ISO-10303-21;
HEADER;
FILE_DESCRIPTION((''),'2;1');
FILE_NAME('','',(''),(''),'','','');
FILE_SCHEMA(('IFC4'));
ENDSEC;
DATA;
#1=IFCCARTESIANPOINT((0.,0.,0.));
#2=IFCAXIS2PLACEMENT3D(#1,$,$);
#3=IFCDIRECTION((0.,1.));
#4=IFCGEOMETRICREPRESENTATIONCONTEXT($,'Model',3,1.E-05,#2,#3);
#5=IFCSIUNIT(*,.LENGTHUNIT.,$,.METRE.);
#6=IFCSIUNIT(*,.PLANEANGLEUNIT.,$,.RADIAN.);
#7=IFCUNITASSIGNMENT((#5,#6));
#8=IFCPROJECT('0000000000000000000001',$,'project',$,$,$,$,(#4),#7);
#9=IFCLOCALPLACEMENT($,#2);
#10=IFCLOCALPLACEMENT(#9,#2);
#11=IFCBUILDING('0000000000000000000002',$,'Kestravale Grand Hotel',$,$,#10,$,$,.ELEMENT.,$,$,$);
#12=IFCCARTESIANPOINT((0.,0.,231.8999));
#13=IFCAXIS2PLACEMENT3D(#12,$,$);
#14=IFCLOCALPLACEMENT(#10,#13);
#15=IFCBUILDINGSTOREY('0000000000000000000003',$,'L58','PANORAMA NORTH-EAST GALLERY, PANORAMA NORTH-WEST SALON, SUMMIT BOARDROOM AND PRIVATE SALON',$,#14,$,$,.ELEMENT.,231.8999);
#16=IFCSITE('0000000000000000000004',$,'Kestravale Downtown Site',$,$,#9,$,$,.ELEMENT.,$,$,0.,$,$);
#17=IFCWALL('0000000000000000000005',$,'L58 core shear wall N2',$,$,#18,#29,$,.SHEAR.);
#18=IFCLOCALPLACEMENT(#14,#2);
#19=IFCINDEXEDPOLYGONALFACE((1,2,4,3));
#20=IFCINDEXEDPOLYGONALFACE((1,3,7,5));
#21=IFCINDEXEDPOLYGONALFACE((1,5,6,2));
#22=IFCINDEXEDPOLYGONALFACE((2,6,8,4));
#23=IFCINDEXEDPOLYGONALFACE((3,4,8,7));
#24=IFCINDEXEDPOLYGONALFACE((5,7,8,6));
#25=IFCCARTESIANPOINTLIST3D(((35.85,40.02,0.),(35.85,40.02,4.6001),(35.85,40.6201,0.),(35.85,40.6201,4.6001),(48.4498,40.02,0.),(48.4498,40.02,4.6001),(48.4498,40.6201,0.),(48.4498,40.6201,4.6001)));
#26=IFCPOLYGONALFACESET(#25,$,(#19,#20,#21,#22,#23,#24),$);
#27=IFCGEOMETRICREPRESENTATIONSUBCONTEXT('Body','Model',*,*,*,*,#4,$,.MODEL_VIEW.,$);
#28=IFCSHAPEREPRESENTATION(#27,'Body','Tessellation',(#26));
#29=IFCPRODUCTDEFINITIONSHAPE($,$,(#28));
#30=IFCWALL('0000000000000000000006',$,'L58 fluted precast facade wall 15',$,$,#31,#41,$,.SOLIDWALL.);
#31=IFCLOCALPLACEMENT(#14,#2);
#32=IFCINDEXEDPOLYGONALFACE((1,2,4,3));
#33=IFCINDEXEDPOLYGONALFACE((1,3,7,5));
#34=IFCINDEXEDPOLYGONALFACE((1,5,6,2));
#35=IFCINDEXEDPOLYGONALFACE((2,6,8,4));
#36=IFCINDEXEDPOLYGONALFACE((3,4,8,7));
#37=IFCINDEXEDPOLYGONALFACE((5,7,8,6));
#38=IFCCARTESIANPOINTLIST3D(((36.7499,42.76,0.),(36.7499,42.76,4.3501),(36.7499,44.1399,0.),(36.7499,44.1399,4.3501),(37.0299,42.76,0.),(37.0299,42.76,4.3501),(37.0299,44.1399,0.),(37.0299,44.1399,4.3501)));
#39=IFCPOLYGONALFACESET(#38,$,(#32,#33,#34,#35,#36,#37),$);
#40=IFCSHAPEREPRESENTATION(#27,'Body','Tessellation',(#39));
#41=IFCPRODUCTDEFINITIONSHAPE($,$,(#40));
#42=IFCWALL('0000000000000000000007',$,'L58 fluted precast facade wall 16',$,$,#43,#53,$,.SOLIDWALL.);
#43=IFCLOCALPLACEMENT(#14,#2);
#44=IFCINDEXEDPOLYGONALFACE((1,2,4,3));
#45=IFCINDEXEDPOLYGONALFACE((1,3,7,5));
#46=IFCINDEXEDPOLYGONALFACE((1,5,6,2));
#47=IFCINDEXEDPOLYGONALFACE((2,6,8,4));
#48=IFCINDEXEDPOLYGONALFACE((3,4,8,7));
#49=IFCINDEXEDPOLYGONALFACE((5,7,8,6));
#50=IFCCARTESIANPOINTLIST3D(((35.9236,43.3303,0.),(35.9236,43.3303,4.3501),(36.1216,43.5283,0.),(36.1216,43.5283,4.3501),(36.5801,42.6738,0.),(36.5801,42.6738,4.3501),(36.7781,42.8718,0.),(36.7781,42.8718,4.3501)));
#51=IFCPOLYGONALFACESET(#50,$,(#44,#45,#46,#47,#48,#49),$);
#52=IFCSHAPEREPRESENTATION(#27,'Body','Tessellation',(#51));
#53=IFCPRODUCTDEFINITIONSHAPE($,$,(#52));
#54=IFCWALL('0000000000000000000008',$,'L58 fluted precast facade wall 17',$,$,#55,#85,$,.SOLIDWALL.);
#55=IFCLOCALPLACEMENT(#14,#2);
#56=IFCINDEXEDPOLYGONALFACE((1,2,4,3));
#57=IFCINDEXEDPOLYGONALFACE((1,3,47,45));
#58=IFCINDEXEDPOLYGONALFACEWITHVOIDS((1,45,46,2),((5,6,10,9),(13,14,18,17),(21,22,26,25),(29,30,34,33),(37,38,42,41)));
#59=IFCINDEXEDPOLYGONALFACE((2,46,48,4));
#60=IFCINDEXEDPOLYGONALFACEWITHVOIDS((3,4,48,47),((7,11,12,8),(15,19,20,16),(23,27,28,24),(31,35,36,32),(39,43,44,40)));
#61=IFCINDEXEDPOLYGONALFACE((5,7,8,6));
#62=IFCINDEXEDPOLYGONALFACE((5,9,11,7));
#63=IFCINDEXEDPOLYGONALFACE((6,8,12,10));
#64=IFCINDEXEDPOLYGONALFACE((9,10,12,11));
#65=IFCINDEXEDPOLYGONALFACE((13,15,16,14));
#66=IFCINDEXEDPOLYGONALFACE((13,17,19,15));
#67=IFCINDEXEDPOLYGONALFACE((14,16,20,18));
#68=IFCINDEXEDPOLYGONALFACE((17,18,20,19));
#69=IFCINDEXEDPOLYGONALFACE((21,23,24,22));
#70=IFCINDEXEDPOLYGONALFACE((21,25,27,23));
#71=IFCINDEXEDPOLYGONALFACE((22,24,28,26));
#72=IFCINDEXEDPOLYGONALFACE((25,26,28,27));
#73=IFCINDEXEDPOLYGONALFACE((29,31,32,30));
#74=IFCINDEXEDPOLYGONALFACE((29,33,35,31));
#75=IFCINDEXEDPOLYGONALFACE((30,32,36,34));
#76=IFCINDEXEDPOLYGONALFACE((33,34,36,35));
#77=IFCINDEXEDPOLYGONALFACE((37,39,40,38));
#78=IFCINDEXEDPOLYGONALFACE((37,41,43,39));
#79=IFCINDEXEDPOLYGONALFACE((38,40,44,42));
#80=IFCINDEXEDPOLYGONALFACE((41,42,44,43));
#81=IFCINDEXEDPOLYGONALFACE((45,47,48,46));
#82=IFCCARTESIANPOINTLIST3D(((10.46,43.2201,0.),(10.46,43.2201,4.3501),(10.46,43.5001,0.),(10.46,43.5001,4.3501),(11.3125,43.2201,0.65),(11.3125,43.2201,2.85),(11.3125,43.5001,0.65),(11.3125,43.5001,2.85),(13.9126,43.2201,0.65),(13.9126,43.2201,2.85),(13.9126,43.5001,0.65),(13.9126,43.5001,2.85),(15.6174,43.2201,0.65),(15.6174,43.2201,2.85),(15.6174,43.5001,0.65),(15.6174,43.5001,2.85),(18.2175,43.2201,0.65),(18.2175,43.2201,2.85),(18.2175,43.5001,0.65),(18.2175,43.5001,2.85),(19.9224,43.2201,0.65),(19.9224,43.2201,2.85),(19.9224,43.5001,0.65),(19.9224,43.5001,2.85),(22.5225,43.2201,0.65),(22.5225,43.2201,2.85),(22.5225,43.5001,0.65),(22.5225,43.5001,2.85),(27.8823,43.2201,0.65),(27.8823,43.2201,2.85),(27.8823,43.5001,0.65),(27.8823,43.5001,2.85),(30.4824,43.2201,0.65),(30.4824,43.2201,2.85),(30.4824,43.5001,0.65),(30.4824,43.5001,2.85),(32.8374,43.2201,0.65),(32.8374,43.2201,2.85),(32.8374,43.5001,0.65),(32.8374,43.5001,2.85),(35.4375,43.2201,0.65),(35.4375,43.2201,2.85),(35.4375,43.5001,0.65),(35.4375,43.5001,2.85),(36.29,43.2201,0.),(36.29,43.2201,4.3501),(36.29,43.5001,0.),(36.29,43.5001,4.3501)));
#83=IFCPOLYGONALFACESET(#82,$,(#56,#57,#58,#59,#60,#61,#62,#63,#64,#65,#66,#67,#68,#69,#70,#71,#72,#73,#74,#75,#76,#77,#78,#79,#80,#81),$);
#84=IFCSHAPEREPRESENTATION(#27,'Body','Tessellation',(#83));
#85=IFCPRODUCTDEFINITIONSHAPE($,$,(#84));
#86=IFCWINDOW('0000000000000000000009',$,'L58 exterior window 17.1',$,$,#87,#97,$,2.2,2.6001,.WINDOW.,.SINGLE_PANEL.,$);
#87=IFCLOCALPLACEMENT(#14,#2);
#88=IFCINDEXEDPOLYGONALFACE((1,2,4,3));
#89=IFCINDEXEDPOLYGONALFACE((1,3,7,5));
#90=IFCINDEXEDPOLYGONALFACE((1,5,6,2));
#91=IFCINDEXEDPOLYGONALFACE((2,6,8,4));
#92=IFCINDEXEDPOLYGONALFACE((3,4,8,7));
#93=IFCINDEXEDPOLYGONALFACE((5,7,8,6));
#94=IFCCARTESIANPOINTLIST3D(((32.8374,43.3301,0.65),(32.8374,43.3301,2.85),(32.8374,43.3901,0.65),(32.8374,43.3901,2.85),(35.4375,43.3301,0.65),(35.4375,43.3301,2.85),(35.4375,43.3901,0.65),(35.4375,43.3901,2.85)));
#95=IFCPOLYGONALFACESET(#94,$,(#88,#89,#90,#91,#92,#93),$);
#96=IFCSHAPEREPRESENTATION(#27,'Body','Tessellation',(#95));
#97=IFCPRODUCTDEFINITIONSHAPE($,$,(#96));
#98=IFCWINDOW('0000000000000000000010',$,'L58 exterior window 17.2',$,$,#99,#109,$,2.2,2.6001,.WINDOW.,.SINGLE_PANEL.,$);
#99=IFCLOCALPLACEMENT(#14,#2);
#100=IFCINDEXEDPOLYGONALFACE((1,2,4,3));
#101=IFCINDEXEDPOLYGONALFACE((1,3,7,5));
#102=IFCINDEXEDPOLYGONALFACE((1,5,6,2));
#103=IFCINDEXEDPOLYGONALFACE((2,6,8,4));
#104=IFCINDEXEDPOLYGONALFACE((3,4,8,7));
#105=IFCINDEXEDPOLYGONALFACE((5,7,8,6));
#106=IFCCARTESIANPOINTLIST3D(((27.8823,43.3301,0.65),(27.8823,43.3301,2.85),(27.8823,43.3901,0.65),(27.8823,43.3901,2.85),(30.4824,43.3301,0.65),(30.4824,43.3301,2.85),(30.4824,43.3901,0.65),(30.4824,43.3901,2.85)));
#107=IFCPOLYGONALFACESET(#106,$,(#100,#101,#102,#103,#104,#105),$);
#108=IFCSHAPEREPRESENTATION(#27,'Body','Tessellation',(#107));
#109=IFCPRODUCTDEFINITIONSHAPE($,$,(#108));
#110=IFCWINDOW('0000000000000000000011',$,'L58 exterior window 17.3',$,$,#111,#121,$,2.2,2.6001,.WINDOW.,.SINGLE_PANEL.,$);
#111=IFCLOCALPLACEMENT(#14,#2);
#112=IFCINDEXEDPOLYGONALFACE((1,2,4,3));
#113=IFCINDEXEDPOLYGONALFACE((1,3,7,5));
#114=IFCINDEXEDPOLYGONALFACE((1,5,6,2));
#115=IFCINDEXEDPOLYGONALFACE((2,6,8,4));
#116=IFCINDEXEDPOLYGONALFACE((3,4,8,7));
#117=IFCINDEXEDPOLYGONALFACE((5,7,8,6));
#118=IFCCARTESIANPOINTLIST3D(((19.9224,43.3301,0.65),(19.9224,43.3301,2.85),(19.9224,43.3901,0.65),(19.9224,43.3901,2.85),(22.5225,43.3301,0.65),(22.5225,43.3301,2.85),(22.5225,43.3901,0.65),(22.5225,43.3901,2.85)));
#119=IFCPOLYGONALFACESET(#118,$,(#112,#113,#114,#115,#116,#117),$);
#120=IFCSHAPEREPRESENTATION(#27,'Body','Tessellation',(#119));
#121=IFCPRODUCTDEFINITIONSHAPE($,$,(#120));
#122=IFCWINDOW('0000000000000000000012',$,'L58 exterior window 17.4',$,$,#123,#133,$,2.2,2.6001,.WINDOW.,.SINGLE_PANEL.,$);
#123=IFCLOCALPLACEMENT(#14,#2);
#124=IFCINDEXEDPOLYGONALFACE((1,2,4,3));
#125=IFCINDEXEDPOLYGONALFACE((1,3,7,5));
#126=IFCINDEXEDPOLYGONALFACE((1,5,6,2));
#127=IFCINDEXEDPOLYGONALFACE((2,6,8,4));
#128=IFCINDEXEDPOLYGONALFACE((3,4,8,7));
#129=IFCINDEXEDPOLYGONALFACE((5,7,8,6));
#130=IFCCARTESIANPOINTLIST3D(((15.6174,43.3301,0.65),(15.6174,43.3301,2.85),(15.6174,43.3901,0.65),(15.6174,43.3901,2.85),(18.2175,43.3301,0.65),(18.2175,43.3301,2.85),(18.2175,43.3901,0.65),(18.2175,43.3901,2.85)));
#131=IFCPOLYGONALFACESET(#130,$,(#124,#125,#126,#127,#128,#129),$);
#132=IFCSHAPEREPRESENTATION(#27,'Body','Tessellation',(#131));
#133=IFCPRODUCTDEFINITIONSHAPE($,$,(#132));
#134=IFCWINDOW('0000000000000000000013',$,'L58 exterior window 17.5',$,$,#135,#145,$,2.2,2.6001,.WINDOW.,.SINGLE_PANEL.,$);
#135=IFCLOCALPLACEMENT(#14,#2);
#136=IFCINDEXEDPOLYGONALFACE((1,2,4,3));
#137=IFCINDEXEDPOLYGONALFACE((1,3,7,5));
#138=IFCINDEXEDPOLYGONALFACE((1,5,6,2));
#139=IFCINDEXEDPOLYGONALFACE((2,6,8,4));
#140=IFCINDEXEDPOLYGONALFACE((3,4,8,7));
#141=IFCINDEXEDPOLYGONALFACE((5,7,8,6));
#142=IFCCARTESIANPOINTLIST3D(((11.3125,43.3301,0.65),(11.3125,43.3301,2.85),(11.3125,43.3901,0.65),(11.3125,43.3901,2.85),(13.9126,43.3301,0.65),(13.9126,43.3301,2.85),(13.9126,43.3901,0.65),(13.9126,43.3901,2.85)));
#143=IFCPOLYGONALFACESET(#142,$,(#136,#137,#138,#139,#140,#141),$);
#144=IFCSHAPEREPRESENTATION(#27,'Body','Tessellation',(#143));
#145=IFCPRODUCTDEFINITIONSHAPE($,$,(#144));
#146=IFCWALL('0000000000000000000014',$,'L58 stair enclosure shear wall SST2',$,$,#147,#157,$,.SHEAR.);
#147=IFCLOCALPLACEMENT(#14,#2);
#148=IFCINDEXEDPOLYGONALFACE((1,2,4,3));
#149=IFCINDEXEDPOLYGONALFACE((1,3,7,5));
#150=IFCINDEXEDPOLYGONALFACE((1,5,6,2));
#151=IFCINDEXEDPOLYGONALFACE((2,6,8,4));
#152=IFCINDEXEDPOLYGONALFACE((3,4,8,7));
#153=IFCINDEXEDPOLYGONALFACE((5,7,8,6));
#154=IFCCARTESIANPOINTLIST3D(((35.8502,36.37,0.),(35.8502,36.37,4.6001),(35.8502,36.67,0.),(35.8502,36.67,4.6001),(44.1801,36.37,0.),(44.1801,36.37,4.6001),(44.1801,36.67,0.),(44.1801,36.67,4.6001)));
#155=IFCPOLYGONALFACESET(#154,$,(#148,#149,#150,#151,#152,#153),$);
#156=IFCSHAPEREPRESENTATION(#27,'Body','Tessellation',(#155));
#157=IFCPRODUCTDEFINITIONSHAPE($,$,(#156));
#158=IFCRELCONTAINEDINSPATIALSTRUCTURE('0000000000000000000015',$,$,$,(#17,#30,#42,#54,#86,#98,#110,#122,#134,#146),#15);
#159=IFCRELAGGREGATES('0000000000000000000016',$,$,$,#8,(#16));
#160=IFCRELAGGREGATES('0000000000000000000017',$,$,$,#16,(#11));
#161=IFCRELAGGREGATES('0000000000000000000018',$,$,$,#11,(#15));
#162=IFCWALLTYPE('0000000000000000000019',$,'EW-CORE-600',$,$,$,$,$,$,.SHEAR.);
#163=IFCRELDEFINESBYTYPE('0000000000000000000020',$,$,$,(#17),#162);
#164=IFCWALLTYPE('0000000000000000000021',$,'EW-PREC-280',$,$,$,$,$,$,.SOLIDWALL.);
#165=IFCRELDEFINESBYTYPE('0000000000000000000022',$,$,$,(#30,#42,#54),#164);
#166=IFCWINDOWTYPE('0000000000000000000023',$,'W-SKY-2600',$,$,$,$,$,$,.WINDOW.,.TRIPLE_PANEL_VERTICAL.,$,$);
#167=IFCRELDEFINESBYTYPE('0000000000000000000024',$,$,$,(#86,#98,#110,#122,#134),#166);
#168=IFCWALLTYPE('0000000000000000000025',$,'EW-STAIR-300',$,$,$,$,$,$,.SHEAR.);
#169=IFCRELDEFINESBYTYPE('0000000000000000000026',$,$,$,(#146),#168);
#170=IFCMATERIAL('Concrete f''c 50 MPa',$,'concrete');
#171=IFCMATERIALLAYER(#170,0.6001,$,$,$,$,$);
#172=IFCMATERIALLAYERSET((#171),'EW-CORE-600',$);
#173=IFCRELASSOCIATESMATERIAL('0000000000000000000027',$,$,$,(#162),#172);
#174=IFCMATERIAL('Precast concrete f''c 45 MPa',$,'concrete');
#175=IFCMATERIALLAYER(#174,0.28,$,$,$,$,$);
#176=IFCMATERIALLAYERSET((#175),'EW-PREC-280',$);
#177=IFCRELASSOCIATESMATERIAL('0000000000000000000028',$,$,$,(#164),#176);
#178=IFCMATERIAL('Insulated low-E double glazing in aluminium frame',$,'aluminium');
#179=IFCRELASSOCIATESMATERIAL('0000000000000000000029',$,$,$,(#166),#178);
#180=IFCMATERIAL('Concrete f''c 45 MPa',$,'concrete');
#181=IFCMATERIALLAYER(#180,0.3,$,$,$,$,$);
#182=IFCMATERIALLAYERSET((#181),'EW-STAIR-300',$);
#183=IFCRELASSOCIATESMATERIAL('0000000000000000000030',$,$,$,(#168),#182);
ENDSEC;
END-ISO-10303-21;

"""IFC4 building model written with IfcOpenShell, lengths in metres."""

from ifc_helpers import new_model, si_unit, direction, frame, frame_2d, origin, place, context, subcontext, project, spatial, rectangle, extrude, material, layer, layer_set, type_object, element, fill, save


model = new_model("IFC4")

# Units and contexts
model_context = context("Model", 3, precision=1e-05, world=origin(), true_north=direction((0.0, 1.0)))
body_context = subcontext(model_context, "Body", "Model", "MODEL_VIEW")
ifc_project = project(units=[si_unit("LENGTHUNIT", "METRE"), si_unit("PLANEANGLEUNIT", "RADIAN")], contexts=[model_context])

# Site, building, storey
site_placement = place(None, origin())
site = spatial("IfcSite", under=ifc_project, at=site_placement, Name="Kestravale Downtown Site", CompositionType="ELEMENT", RefElevation=0.0)
building_placement = place(site_placement, origin())
building = spatial("IfcBuilding", under=site, at=building_placement, Name="Kestravale Grand Hotel", CompositionType="ELEMENT")
storey_placement = place(building_placement, frame((0.0, 0.0, 231.8999)))
storey = spatial("IfcBuildingStorey", under=building, at=storey_placement, Name="L58", Description="PANORAMA NORTH-EAST GALLERY, PANORAMA NORTH-WEST SALON, SUMMIT BOARDROOM AND PRIVATE SALON", CompositionType="ELEMENT", Elevation=231.8999)

# Walls
ifc_material_1 = material(Name="Concrete f'c 50 MPa", Category="concrete")
ifc_layer_1 = layer(ifc_material_1, 0.6001)
ifc_layer_set_1 = layer_set([ifc_layer_1], Name="EW-CORE-600")
wall_type_1 = type_object("IfcWallType", Name="EW-CORE-600", PredefinedType="SHEAR", material=ifc_layer_set_1)
wall_1_placement = place(storey_placement, frame((35.8501, 40.3201, 0.0), z_axis=(0.0, 0.0, 1.0), x_axis=(1.0, 0.0, 0.0)))
element("IfcWall", 1, at=wall_1_placement, inside=storey, type_object=wall_type_1, Name="L58 core shear wall N2", PredefinedType="SHEAR", context=body_context, shape_type="SweptSolid", body=[
    extrude(rectangle(XDim=12.5999, YDim=0.6001, at=frame_2d((6.2998, 0.0))), origin(), (0.0, 0.0, 1.0), 4.6001),
])
ifc_material_2 = material(Name="Precast concrete f'c 45 MPa", Category="concrete")
ifc_layer_2 = layer(ifc_material_2, 0.28)
ifc_layer_set_2 = layer_set([ifc_layer_2], Name="EW-PREC-280")
wall_type_2 = type_object("IfcWallType", Name="EW-PREC-280", PredefinedType="SOLIDWALL", material=ifc_layer_set_2)
wall_2_placement = place(storey_placement, frame((36.8899, 44.1399, 0.0), z_axis=(0.0, 0.0, 1.0), x_axis=(0.0, -1.0, 0.0)))
element("IfcWall", 2, at=wall_2_placement, inside=storey, type_object=wall_type_2, Name="L58 fluted precast facade wall 15", PredefinedType="SOLIDWALL", context=body_context, shape_type="SweptSolid", body=[
    extrude(rectangle(XDim=1.3799, YDim=0.28, at=frame_2d((0.6899, 0.0))), origin(), (0.0, 0.0, 1.0), 4.3501),
])
wall_3_placement = place(storey_placement, frame((36.6792, 42.7727, 0.0), z_axis=(0.0, 0.0, 1.0), x_axis=(-0.707107, 0.707107, 0.0)))
element("IfcWall", 3, at=wall_3_placement, inside=storey, type_object=wall_type_2, Name="L58 fluted precast facade wall 16", PredefinedType="SOLIDWALL", context=body_context, shape_type="SweptSolid", body=[
    extrude(rectangle(XDim=0.9285, YDim=0.28, at=frame_2d((0.4644, 0.0))), origin(), (0.0, 0.0, 1.0), 4.3501),
])

# Wall, openings, windows
wall_4_placement = place(storey_placement, frame((36.29, 43.3601, 0.0), z_axis=(0.0, 0.0, 1.0), x_axis=(-1.0, 0.0, 0.0)))
wall_4 = element("IfcWall", 4, at=wall_4_placement, inside=storey, type_object=wall_type_2, Name="L58 fluted precast facade wall 17", PredefinedType="SOLIDWALL", context=body_context, shape_type="SweptSolid", body=[
    extrude(rectangle(XDim=25.8301, YDim=0.28, at=frame_2d((12.915, 0.0))), origin(), (0.0, 0.0, 1.0), 4.3501),
])
opening_1_placement = place(wall_4_placement, frame((0.8525, 0.0, 0.6499)))
opening_1 = element("IfcOpeningElement", 5, at=opening_1_placement, cuts=wall_4, PredefinedType="OPENING", context=body_context, shape_type="SweptSolid", body=[
    extrude(rectangle(XDim=2.6001, YDim=2.2, at=frame_2d((1.3, 1.1001))), frame((0.0, 0.1499, 0.0), z_axis=(0.0, -1.0, 0.0), x_axis=(1.0, 0.0, 0.0)), (0.0, 0.0, 1.0), 0.3),
])
opening_2_placement = place(wall_4_placement, frame((5.8076, 0.0, 0.6499)))
opening_2 = element("IfcOpeningElement", 6, at=opening_2_placement, cuts=wall_4, PredefinedType="OPENING", context=body_context, shape_type="SweptSolid", body=[
    extrude(rectangle(XDim=2.6001, YDim=2.2, at=frame_2d((1.3, 1.1001))), frame((0.0, 0.1499, 0.0), z_axis=(0.0, -1.0, 0.0), x_axis=(1.0, 0.0, 0.0)), (0.0, 0.0, 1.0), 0.3),
])
opening_3_placement = place(wall_4_placement, frame((13.7676, 0.0, 0.6499)))
opening_3 = element("IfcOpeningElement", 7, at=opening_3_placement, cuts=wall_4, PredefinedType="OPENING", context=body_context, shape_type="SweptSolid", body=[
    extrude(rectangle(XDim=2.6001, YDim=2.2, at=frame_2d((1.3, 1.1001))), frame((0.0, 0.1499, 0.0), z_axis=(0.0, -1.0, 0.0), x_axis=(1.0, 0.0, 0.0)), (0.0, 0.0, 1.0), 0.3),
])
opening_4_placement = place(wall_4_placement, frame((18.0725, 0.0, 0.6499)))
opening_4 = element("IfcOpeningElement", 8, at=opening_4_placement, cuts=wall_4, PredefinedType="OPENING", context=body_context, shape_type="SweptSolid", body=[
    extrude(rectangle(XDim=2.6001, YDim=2.2, at=frame_2d((1.3, 1.1001))), frame((0.0, 0.1499, 0.0), z_axis=(0.0, -1.0, 0.0), x_axis=(1.0, 0.0, 0.0)), (0.0, 0.0, 1.0), 0.3),
])
opening_5_placement = place(wall_4_placement, frame((22.3774, 0.0, 0.6499)))
opening_5 = element("IfcOpeningElement", 9, at=opening_5_placement, cuts=wall_4, PredefinedType="OPENING", context=body_context, shape_type="SweptSolid", body=[
    extrude(rectangle(XDim=2.6001, YDim=2.2, at=frame_2d((1.3, 1.1001))), frame((0.0, 0.1499, 0.0), z_axis=(0.0, -1.0, 0.0), x_axis=(1.0, 0.0, 0.0)), (0.0, 0.0, 1.0), 0.3),
])
ifc_material_3 = material(Name="Insulated low-E double glazing in aluminium frame", Category="aluminium")
window_type = type_object("IfcWindowType", Name="W-SKY-2600", PartitioningType="TRIPLE_PANEL_VERTICAL", PredefinedType="WINDOW", material=ifc_material_3)
window_1_placement = place(opening_1_placement, origin())
window_1 = element("IfcWindow", 10, at=window_1_placement, inside=storey, type_object=window_type, Name="L58 exterior window 17.1", OverallHeight=2.2, OverallWidth=2.6001, PartitioningType="SINGLE_PANEL", PredefinedType="WINDOW", context=body_context, shape_type="SweptSolid", body=[
    extrude(rectangle(XDim=2.6001, YDim=2.2, at=frame_2d((1.3, 1.1001))), frame((0.0, 0.03, 0.0), z_axis=(0.0, -1.0, 0.0), x_axis=(1.0, 0.0, 0.0)), (0.0, 0.0, 1.0), 0.0601),
])
fill(opening_1, window_1)
window_2_placement = place(opening_2_placement, origin())
window_2 = element("IfcWindow", 11, at=window_2_placement, inside=storey, type_object=window_type, Name="L58 exterior window 17.2", OverallHeight=2.2, OverallWidth=2.6001, PartitioningType="SINGLE_PANEL", PredefinedType="WINDOW", context=body_context, shape_type="SweptSolid", body=[
    extrude(rectangle(XDim=2.6001, YDim=2.2, at=frame_2d((1.3, 1.1001))), frame((0.0, 0.03, 0.0), z_axis=(0.0, -1.0, 0.0), x_axis=(1.0, 0.0, 0.0)), (0.0, 0.0, 1.0), 0.0601),
])
fill(opening_2, window_2)
window_3_placement = place(opening_3_placement, origin())
window_3 = element("IfcWindow", 12, at=window_3_placement, inside=storey, type_object=window_type, Name="L58 exterior window 17.3", OverallHeight=2.2, OverallWidth=2.6001, PartitioningType="SINGLE_PANEL", PredefinedType="WINDOW", context=body_context, shape_type="SweptSolid", body=[
    extrude(rectangle(XDim=2.6001, YDim=2.2, at=frame_2d((1.3, 1.1001))), frame((0.0, 0.03, 0.0), z_axis=(0.0, -1.0, 0.0), x_axis=(1.0, 0.0, 0.0)), (0.0, 0.0, 1.0), 0.0601),
])
fill(opening_3, window_3)
window_4_placement = place(opening_4_placement, origin())
window_4 = element("IfcWindow", 13, at=window_4_placement, inside=storey, type_object=window_type, Name="L58 exterior window 17.4", OverallHeight=2.2, OverallWidth=2.6001, PartitioningType="SINGLE_PANEL", PredefinedType="WINDOW", context=body_context, shape_type="SweptSolid", body=[
    extrude(rectangle(XDim=2.6001, YDim=2.2, at=frame_2d((1.3, 1.1001))), frame((0.0, 0.03, 0.0), z_axis=(0.0, -1.0, 0.0), x_axis=(1.0, 0.0, 0.0)), (0.0, 0.0, 1.0), 0.0601),
])
fill(opening_4, window_4)
window_5_placement = place(opening_5_placement, origin())
window_5 = element("IfcWindow", 14, at=window_5_placement, inside=storey, type_object=window_type, Name="L58 exterior window 17.5", OverallHeight=2.2, OverallWidth=2.6001, PartitioningType="SINGLE_PANEL", PredefinedType="WINDOW", context=body_context, shape_type="SweptSolid", body=[
    extrude(rectangle(XDim=2.6001, YDim=2.2, at=frame_2d((1.3, 1.1001))), frame((0.0, 0.03, 0.0), z_axis=(0.0, -1.0, 0.0), x_axis=(1.0, 0.0, 0.0)), (0.0, 0.0, 1.0), 0.0601),
])
fill(opening_5, window_5)

# Wall
ifc_material_4 = material(Name="Concrete f'c 45 MPa", Category="concrete")
ifc_layer_3 = layer(ifc_material_4, 0.3)
ifc_layer_set_3 = layer_set([ifc_layer_3], Name="EW-STAIR-300")
wall_type_3 = type_object("IfcWallType", Name="EW-STAIR-300", PredefinedType="SHEAR", material=ifc_layer_set_3)
wall_5_placement = place(storey_placement, frame((35.8501, 36.52, 0.0), z_axis=(0.0, 0.0, 1.0), x_axis=(1.0, 0.0, 0.0)))
element("IfcWall", 15, at=wall_5_placement, inside=storey, type_object=wall_type_3, Name="L58 stair enclosure shear wall SST2", PredefinedType="SHEAR", context=body_context, shape_type="SweptSolid", body=[
    extrude(rectangle(XDim=8.3298, YDim=0.3, at=frame_2d((4.165, 0.0))), origin(), (0.0, 0.0, 1.0), 4.6001),
])

save(model, "model.ifc")
